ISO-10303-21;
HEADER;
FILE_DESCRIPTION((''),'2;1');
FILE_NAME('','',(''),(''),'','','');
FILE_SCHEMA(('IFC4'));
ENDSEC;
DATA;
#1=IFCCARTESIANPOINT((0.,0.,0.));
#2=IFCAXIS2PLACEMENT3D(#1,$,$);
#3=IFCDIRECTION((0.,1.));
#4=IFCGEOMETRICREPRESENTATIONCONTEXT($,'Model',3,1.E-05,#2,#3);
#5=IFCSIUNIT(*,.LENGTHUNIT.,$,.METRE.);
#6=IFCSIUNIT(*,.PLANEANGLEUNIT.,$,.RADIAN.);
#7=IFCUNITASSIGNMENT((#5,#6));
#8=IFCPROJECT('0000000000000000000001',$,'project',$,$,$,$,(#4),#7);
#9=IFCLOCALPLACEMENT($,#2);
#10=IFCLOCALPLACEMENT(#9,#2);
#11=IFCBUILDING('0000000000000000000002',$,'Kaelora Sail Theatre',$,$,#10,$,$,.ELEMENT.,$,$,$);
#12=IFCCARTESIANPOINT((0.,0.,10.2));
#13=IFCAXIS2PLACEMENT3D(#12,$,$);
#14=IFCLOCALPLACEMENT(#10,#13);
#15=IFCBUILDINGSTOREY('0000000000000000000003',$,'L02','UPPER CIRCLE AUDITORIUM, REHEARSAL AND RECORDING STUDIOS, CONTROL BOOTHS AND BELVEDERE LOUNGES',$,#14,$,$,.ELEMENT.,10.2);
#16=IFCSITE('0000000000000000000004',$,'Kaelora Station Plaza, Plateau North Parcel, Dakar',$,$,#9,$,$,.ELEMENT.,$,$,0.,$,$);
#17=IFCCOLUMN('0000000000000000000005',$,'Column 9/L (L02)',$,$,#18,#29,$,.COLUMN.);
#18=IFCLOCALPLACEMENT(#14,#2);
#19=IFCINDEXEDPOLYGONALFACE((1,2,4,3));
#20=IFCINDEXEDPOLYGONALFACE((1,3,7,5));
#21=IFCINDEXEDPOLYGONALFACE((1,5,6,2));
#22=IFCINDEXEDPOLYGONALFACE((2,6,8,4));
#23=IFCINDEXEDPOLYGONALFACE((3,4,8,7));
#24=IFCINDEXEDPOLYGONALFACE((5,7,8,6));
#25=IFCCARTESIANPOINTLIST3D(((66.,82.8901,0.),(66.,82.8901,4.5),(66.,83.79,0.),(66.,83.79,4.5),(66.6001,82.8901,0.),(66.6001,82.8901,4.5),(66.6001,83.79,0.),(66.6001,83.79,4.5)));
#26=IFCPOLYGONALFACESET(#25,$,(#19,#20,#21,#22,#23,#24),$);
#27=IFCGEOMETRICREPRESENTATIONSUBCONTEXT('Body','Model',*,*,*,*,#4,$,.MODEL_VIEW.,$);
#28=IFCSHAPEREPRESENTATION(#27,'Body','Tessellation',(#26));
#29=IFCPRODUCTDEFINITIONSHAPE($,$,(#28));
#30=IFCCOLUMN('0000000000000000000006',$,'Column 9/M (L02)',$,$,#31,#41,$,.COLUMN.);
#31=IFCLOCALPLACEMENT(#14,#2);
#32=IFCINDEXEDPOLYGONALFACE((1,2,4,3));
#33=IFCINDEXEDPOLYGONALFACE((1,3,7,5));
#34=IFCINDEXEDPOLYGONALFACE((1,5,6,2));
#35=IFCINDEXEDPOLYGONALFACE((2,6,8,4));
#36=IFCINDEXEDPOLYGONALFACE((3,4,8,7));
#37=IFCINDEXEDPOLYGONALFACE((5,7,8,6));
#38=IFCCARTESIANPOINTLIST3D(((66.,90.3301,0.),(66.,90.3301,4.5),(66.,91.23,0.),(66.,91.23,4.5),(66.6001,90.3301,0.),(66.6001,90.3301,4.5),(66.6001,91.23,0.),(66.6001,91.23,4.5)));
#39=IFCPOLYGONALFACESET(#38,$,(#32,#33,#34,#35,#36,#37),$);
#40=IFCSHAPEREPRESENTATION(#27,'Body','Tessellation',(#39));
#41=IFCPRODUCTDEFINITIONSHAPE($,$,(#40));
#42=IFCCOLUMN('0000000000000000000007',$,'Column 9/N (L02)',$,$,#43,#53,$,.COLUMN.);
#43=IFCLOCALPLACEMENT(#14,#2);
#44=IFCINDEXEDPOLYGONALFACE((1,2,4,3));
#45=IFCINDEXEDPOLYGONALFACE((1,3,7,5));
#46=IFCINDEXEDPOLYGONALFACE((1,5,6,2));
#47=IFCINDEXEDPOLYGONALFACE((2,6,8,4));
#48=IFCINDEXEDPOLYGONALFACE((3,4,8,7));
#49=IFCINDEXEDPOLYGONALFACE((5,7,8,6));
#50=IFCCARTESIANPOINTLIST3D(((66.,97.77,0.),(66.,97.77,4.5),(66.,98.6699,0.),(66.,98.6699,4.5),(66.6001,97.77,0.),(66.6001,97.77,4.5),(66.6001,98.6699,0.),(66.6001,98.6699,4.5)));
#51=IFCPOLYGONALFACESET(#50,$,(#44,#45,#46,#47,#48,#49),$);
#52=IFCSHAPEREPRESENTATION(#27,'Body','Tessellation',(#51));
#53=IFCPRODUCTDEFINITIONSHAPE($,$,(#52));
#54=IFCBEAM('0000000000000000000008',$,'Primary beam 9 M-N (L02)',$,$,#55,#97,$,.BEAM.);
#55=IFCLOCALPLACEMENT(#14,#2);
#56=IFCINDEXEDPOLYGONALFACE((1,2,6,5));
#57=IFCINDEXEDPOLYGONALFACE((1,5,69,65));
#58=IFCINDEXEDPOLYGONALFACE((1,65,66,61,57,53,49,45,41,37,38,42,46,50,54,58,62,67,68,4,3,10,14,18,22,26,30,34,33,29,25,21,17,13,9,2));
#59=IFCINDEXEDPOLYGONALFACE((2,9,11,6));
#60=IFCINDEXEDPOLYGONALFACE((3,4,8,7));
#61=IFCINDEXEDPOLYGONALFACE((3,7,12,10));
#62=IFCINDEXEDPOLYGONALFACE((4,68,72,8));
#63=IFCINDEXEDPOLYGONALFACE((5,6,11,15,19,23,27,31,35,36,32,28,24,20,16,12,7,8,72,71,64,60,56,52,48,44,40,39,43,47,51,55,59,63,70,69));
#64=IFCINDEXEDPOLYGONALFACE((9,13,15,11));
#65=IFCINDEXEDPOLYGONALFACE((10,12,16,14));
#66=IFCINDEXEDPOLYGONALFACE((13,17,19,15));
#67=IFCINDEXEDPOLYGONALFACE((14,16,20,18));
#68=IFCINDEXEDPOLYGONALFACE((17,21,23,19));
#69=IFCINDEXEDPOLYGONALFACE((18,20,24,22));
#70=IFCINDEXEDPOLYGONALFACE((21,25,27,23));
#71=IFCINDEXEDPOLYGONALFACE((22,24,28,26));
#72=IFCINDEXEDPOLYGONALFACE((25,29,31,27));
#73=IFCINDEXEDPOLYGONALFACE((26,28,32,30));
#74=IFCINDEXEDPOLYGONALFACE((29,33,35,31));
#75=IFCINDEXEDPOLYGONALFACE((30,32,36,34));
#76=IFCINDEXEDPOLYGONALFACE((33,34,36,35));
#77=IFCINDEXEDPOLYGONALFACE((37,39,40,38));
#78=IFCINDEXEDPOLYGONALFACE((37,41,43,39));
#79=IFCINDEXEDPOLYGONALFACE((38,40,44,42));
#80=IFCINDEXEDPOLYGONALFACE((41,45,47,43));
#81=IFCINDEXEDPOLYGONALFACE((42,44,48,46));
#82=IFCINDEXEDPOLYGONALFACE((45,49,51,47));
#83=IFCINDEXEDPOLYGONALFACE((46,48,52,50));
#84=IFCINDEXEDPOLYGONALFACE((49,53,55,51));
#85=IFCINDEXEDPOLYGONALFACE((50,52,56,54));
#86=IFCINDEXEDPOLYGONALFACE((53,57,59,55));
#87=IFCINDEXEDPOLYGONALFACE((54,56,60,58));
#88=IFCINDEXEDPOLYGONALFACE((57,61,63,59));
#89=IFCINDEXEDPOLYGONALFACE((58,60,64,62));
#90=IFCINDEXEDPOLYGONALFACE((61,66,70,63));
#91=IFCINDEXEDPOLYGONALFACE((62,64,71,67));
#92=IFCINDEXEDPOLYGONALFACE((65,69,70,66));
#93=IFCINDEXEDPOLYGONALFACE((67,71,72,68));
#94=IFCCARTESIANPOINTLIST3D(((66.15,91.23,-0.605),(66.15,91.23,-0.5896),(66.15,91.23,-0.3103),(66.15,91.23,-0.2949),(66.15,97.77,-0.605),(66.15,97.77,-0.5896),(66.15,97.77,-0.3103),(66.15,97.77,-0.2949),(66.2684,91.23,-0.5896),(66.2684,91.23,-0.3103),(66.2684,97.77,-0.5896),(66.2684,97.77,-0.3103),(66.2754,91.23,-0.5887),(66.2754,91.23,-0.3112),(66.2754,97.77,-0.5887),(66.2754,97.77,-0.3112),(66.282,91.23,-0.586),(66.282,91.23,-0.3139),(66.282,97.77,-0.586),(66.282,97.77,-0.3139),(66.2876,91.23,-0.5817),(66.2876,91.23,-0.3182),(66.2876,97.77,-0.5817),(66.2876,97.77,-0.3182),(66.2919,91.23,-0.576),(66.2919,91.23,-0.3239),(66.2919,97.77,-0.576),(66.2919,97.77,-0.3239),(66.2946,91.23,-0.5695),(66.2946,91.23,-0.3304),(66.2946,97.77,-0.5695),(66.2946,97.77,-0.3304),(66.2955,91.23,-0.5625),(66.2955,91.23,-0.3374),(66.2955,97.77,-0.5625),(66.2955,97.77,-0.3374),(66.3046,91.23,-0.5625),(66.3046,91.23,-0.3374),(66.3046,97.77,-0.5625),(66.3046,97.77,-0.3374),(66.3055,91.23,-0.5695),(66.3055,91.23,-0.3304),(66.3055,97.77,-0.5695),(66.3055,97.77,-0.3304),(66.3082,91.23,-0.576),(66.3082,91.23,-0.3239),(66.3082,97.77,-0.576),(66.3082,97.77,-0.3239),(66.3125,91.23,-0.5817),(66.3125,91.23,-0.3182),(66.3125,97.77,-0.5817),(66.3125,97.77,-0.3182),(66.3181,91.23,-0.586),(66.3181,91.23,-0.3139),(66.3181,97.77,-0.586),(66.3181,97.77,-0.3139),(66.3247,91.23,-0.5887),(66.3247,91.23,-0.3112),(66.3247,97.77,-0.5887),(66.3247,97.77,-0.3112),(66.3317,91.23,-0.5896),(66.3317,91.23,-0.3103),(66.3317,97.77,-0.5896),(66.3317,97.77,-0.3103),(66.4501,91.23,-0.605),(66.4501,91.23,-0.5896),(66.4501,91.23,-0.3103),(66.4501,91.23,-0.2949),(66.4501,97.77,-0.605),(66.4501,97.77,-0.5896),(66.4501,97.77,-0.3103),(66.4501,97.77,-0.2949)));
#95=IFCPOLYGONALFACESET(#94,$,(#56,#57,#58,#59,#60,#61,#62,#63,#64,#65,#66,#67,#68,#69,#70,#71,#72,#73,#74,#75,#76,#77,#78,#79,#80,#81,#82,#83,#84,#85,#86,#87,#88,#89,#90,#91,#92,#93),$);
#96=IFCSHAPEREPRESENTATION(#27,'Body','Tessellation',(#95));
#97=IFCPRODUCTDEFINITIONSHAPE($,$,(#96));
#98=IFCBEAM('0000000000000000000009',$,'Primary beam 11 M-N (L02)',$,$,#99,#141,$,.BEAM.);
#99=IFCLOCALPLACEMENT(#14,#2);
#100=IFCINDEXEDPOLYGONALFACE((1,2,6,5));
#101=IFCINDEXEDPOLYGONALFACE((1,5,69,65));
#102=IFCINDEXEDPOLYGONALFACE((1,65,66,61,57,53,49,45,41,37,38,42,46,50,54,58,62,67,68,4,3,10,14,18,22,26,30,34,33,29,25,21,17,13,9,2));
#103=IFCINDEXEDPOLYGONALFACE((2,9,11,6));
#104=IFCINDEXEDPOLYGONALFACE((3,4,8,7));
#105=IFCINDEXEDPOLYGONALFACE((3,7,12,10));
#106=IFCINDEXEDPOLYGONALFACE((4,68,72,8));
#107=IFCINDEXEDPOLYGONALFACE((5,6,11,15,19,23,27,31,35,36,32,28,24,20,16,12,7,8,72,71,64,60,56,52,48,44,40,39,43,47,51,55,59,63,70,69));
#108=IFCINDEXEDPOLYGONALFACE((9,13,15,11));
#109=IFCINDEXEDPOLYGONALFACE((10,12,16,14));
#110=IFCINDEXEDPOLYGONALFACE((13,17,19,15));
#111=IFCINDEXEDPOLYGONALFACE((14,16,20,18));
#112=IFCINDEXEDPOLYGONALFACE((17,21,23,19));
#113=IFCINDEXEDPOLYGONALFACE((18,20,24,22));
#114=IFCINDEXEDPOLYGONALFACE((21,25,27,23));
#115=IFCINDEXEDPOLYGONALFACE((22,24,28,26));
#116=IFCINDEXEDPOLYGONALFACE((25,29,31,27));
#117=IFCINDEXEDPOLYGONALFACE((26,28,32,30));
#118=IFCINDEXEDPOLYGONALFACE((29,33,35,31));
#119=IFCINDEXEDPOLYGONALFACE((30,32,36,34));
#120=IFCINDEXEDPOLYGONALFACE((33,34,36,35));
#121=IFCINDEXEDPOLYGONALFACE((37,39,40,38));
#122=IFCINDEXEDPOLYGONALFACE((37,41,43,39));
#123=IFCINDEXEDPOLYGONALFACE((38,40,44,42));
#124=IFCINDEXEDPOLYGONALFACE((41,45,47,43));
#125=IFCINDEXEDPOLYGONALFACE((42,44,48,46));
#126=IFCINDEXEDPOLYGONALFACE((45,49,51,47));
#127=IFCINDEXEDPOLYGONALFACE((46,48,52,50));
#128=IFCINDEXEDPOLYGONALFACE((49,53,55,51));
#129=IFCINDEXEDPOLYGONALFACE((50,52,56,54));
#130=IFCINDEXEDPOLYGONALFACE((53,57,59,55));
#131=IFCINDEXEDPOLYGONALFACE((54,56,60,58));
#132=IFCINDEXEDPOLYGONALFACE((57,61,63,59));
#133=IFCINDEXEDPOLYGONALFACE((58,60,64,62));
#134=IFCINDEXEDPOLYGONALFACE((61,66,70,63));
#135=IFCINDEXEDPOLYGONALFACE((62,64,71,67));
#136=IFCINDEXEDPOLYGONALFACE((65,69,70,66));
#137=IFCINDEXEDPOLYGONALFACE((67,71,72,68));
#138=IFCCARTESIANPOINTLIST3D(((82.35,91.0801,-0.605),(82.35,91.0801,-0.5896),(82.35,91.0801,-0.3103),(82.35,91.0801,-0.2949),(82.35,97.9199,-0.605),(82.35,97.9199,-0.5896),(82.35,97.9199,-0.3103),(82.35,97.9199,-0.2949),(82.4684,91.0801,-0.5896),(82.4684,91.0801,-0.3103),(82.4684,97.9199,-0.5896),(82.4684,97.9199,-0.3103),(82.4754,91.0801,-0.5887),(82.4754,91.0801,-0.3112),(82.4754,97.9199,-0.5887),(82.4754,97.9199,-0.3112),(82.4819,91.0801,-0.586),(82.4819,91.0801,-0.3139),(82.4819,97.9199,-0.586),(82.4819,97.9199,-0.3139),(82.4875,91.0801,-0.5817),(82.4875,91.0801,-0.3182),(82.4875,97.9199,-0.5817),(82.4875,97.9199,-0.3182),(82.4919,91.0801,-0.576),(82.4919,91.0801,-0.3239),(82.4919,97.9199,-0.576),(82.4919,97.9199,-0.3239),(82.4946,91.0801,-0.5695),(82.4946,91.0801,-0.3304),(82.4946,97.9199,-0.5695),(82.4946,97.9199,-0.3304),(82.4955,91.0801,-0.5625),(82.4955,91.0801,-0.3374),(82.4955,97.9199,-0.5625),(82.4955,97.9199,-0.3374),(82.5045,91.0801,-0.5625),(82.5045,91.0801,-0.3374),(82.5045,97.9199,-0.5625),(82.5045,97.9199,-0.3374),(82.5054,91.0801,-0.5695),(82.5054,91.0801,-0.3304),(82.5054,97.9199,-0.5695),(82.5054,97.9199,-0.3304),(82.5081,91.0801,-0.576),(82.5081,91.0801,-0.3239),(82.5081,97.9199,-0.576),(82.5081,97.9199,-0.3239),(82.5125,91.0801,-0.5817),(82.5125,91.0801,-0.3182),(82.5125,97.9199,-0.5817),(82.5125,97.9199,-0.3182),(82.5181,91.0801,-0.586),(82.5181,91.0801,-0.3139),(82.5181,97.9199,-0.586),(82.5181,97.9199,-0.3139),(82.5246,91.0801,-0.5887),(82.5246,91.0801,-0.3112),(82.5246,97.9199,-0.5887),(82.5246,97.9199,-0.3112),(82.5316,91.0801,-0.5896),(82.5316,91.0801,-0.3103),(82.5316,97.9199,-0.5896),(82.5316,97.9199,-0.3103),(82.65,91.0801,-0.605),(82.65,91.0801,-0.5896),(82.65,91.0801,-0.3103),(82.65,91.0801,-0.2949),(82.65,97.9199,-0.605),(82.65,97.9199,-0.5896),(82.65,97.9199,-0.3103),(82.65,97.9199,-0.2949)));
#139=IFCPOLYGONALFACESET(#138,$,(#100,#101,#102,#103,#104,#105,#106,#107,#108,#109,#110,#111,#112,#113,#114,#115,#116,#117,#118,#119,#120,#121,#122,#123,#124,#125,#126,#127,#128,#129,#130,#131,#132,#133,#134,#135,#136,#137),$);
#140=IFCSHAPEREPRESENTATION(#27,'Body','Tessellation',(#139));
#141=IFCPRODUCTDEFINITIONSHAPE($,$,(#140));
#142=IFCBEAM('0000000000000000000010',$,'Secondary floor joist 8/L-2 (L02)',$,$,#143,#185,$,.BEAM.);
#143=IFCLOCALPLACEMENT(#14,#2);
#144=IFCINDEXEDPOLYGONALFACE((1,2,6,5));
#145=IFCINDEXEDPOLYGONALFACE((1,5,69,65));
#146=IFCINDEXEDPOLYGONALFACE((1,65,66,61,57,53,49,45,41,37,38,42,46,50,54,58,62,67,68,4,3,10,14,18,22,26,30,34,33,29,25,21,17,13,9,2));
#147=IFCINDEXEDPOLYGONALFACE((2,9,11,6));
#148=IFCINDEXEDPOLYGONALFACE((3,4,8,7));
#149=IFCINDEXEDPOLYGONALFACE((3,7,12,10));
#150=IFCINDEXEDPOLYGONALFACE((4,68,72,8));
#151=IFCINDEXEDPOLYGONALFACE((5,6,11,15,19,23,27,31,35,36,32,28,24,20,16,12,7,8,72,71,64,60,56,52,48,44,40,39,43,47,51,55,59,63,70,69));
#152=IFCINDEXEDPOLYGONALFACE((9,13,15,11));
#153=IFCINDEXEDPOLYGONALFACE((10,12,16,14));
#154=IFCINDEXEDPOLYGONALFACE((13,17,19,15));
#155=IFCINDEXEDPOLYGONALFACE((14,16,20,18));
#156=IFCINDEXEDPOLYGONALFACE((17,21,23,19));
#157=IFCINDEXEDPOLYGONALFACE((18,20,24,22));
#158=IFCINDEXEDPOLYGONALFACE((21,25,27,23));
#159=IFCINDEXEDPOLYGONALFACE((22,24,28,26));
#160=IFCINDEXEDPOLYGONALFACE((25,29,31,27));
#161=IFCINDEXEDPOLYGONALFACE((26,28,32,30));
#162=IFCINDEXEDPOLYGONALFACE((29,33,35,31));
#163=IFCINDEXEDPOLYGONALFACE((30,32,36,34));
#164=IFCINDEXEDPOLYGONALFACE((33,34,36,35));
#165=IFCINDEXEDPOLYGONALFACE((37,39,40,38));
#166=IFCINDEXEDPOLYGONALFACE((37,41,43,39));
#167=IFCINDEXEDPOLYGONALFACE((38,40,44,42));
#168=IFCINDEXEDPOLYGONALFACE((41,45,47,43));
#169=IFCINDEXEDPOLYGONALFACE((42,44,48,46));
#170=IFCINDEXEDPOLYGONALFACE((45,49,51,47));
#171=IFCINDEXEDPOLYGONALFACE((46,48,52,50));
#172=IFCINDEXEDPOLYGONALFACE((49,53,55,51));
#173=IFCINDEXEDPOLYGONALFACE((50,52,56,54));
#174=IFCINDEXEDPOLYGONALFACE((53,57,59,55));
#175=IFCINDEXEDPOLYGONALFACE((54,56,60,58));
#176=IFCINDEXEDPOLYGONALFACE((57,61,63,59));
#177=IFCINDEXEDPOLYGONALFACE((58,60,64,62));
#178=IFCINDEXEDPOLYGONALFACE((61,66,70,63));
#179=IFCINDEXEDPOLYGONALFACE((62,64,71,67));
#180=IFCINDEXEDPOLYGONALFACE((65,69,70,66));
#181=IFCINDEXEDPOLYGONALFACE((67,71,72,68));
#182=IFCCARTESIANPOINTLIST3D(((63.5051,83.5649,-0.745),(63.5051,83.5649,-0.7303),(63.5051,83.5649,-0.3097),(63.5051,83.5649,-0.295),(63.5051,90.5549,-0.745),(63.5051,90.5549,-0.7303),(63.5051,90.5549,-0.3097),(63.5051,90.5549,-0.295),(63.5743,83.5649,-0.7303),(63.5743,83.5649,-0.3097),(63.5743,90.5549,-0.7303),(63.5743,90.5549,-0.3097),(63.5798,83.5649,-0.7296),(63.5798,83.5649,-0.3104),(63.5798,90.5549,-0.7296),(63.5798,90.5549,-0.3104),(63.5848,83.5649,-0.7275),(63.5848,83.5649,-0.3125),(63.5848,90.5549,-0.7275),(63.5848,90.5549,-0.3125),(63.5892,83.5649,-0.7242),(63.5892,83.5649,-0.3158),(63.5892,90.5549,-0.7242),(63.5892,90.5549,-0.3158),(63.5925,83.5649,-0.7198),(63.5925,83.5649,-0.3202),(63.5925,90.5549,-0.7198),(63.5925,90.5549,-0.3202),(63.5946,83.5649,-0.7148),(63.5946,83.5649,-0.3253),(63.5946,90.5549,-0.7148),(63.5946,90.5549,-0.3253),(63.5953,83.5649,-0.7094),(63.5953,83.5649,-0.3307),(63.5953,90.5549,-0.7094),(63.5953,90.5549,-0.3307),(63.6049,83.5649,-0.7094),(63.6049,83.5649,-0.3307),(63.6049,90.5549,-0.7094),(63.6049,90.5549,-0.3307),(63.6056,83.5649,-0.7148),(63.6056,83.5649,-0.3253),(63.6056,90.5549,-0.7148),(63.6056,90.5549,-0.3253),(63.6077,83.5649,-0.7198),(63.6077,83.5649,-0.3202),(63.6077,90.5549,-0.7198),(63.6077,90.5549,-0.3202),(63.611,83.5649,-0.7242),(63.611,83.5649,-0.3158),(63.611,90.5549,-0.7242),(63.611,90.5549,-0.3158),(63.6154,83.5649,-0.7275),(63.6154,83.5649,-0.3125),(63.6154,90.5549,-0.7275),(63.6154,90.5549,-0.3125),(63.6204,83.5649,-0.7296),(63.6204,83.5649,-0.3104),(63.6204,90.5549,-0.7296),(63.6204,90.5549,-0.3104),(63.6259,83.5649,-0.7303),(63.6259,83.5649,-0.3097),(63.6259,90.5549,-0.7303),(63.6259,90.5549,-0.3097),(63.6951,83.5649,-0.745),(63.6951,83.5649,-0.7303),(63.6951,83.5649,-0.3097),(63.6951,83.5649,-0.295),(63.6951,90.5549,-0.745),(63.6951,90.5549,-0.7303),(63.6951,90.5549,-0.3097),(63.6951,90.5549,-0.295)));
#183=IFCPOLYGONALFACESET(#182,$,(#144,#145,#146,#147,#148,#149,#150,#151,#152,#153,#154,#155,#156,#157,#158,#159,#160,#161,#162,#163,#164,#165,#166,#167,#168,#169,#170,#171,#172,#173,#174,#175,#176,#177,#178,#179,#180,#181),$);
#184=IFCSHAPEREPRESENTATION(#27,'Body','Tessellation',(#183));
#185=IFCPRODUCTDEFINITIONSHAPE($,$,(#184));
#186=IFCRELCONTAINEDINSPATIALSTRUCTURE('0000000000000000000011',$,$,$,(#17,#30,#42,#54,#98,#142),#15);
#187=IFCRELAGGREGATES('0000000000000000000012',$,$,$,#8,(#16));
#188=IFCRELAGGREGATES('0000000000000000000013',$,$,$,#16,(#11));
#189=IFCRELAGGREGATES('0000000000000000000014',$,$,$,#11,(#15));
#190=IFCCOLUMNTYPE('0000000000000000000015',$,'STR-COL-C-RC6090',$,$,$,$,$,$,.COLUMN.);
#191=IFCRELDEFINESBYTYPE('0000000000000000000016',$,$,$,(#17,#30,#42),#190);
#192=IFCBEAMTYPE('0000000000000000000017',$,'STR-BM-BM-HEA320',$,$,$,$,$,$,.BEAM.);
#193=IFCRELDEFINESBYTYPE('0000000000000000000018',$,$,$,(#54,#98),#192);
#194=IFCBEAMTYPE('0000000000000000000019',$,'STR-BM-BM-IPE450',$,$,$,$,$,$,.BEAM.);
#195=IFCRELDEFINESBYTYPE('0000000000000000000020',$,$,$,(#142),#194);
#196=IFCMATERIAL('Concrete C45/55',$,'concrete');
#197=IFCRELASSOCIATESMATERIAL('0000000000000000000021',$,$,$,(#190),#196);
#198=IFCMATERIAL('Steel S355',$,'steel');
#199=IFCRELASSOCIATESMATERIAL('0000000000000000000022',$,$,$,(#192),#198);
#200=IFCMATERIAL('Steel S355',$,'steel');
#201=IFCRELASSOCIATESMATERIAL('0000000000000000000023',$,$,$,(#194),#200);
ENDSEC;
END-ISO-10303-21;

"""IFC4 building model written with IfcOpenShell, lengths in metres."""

from ifc_helpers import new_model, si_unit, direction, frame, origin, origin_2d, place, context, subcontext, project, spatial, rectangle, i_section, extrude, material, material_profile, profile_set, type_object, element, save


model = new_model("IFC4")

# Units and contexts
model_context = context("Model", 3, precision=1e-05, world=origin(), true_north=direction((0.0, 1.0)))
body_context = subcontext(model_context, "Body", "Model", "MODEL_VIEW")
ifc_project = project(units=[si_unit("LENGTHUNIT", "METRE"), si_unit("PLANEANGLEUNIT", "RADIAN")], contexts=[model_context])

# Site, building, storey
site_placement = place(None, origin())
site = spatial("IfcSite", under=ifc_project, at=site_placement, Name="Kaelora Station Plaza, Plateau North Parcel, Dakar", CompositionType="ELEMENT", RefElevation=0.0)
building_placement = place(site_placement, origin())
building = spatial("IfcBuilding", under=site, at=building_placement, Name="Kaelora Sail Theatre", CompositionType="ELEMENT")
storey_placement = place(building_placement, frame((0.0, 0.0, 10.2)))
storey = spatial("IfcBuildingStorey", under=building, at=storey_placement, Name="L02", Description="UPPER CIRCLE AUDITORIUM, REHEARSAL AND RECORDING STUDIOS, CONTROL BOOTHS AND BELVEDERE LOUNGES", CompositionType="ELEMENT", Elevation=10.2)

# Columns
ifc_material_1 = material(Name="Concrete C45/55", Category="concrete")
ifc_material_profile_1 = material_profile(ifc_material_1, rectangle(XDim=0.6001, YDim=0.8999, at=origin_2d()), Name="RC-COL 600x900")
ifc_profile_set_1 = profile_set([ifc_material_profile_1], Name="Concrete C45/55")
column_type = type_object("IfcColumnType", Name="STR-COL-C-RC6090", PredefinedType="COLUMN", material=ifc_profile_set_1)
for number, where, z_axis, x_axis, name in (
    (1, (66.3, 83.3401, 0.0), (0.0, 0.0, 1.0), (1.0, 0.0, 0.0), "Column 9/L (L02)"),
    (2, (66.3, 90.78, 0.0), (0.0, 0.0, 1.0), (1.0, 0.0, 0.0), "Column 9/M (L02)"),
    (3, (66.3, 98.22, 0.0), (0.0, 0.0, 1.0), (1.0, 0.0, 0.0), "Column 9/N (L02)"),
):
    element("IfcColumn", number, at=place(storey_placement, frame(where, z_axis=z_axis, x_axis=x_axis)), inside=storey, type_object=column_type, Name=name, PredefinedType="COLUMN", context=body_context, shape_type="SweptSolid", body=[
        extrude(rectangle(XDim=0.6001, YDim=0.8999, at=origin_2d()), origin(), (0.0, 0.0, 1.0), 4.5),
    ])

# Beams
ifc_material_2 = material(Name="Steel S355", Category="steel")
ifc_material_profile_2 = material_profile(ifc_material_2, i_section(OverallWidth=0.3, OverallDepth=0.3101, WebThickness=0.009, FlangeThickness=0.0154, FilletRadius=0.0271, at=origin_2d()), Name="HEA 320")
ifc_profile_set_2 = profile_set([ifc_material_profile_2], Name="Steel S355")
beam_type_1 = type_object("IfcBeamType", Name="STR-BM-BM-HEA320", PredefinedType="BEAM", material=ifc_profile_set_2)
beam_1_placement = place(storey_placement, frame((66.3, 91.23, -0.45), z_axis=(0.0, 1.0, 0.0), x_axis=(-1.0, 0.0, 0.0)))
element("IfcBeam", 4, at=beam_1_placement, inside=storey, type_object=beam_type_1, Name="Primary beam 9 M-N (L02)", PredefinedType="BEAM", context=body_context, shape_type="SweptSolid", body=[
    extrude(i_section(OverallWidth=0.3, OverallDepth=0.3101, WebThickness=0.009, FlangeThickness=0.0154, FilletRadius=0.0271, at=origin_2d()), origin(), (0.0, 0.0, 1.0), 6.54),
])
beam_2_placement = place(storey_placement, frame((82.5, 91.0801, -0.45), z_axis=(0.0, 1.0, 0.0), x_axis=(-1.0, 0.0, 0.0)))
element("IfcBeam", 5, at=beam_2_placement, inside=storey, type_object=beam_type_1, Name="Primary beam 11 M-N (L02)", PredefinedType="BEAM", context=body_context, shape_type="SweptSolid", body=[
    extrude(i_section(OverallWidth=0.3, OverallDepth=0.3101, WebThickness=0.009, FlangeThickness=0.0154, FilletRadius=0.0271, at=origin_2d()), origin(), (0.0, 0.0, 1.0), 6.8398),
])
ifc_material_3 = material(Name="Steel S355", Category="steel")
ifc_material_profile_3 = material_profile(ifc_material_3, i_section(OverallWidth=0.1899, OverallDepth=0.45, WebThickness=0.0095, FlangeThickness=0.0146, FilletRadius=0.021, at=origin_2d()), Name="IPE 450")
ifc_profile_set_3 = profile_set([ifc_material_profile_3], Name="Steel S355")
beam_type_2 = type_object("IfcBeamType", Name="STR-BM-BM-IPE450", PredefinedType="BEAM", material=ifc_profile_set_3)
beam_3_placement = place(storey_placement, frame((63.6001, 83.5649, -0.52), z_axis=(0.0, 1.0, 0.0), x_axis=(-1.0, 0.0, 0.0)))
element("IfcBeam", 6, at=beam_3_placement, inside=storey, type_object=beam_type_2, Name="Secondary floor joist 8/L-2 (L02)", PredefinedType="BEAM", context=body_context, shape_type="SweptSolid", body=[
    extrude(i_section(OverallWidth=0.1899, OverallDepth=0.45, WebThickness=0.0095, FlangeThickness=0.0146, FilletRadius=0.021, at=origin_2d()), origin(), (0.0, 0.0, 1.0), 6.99),
])

save(model, "model.ifc")
